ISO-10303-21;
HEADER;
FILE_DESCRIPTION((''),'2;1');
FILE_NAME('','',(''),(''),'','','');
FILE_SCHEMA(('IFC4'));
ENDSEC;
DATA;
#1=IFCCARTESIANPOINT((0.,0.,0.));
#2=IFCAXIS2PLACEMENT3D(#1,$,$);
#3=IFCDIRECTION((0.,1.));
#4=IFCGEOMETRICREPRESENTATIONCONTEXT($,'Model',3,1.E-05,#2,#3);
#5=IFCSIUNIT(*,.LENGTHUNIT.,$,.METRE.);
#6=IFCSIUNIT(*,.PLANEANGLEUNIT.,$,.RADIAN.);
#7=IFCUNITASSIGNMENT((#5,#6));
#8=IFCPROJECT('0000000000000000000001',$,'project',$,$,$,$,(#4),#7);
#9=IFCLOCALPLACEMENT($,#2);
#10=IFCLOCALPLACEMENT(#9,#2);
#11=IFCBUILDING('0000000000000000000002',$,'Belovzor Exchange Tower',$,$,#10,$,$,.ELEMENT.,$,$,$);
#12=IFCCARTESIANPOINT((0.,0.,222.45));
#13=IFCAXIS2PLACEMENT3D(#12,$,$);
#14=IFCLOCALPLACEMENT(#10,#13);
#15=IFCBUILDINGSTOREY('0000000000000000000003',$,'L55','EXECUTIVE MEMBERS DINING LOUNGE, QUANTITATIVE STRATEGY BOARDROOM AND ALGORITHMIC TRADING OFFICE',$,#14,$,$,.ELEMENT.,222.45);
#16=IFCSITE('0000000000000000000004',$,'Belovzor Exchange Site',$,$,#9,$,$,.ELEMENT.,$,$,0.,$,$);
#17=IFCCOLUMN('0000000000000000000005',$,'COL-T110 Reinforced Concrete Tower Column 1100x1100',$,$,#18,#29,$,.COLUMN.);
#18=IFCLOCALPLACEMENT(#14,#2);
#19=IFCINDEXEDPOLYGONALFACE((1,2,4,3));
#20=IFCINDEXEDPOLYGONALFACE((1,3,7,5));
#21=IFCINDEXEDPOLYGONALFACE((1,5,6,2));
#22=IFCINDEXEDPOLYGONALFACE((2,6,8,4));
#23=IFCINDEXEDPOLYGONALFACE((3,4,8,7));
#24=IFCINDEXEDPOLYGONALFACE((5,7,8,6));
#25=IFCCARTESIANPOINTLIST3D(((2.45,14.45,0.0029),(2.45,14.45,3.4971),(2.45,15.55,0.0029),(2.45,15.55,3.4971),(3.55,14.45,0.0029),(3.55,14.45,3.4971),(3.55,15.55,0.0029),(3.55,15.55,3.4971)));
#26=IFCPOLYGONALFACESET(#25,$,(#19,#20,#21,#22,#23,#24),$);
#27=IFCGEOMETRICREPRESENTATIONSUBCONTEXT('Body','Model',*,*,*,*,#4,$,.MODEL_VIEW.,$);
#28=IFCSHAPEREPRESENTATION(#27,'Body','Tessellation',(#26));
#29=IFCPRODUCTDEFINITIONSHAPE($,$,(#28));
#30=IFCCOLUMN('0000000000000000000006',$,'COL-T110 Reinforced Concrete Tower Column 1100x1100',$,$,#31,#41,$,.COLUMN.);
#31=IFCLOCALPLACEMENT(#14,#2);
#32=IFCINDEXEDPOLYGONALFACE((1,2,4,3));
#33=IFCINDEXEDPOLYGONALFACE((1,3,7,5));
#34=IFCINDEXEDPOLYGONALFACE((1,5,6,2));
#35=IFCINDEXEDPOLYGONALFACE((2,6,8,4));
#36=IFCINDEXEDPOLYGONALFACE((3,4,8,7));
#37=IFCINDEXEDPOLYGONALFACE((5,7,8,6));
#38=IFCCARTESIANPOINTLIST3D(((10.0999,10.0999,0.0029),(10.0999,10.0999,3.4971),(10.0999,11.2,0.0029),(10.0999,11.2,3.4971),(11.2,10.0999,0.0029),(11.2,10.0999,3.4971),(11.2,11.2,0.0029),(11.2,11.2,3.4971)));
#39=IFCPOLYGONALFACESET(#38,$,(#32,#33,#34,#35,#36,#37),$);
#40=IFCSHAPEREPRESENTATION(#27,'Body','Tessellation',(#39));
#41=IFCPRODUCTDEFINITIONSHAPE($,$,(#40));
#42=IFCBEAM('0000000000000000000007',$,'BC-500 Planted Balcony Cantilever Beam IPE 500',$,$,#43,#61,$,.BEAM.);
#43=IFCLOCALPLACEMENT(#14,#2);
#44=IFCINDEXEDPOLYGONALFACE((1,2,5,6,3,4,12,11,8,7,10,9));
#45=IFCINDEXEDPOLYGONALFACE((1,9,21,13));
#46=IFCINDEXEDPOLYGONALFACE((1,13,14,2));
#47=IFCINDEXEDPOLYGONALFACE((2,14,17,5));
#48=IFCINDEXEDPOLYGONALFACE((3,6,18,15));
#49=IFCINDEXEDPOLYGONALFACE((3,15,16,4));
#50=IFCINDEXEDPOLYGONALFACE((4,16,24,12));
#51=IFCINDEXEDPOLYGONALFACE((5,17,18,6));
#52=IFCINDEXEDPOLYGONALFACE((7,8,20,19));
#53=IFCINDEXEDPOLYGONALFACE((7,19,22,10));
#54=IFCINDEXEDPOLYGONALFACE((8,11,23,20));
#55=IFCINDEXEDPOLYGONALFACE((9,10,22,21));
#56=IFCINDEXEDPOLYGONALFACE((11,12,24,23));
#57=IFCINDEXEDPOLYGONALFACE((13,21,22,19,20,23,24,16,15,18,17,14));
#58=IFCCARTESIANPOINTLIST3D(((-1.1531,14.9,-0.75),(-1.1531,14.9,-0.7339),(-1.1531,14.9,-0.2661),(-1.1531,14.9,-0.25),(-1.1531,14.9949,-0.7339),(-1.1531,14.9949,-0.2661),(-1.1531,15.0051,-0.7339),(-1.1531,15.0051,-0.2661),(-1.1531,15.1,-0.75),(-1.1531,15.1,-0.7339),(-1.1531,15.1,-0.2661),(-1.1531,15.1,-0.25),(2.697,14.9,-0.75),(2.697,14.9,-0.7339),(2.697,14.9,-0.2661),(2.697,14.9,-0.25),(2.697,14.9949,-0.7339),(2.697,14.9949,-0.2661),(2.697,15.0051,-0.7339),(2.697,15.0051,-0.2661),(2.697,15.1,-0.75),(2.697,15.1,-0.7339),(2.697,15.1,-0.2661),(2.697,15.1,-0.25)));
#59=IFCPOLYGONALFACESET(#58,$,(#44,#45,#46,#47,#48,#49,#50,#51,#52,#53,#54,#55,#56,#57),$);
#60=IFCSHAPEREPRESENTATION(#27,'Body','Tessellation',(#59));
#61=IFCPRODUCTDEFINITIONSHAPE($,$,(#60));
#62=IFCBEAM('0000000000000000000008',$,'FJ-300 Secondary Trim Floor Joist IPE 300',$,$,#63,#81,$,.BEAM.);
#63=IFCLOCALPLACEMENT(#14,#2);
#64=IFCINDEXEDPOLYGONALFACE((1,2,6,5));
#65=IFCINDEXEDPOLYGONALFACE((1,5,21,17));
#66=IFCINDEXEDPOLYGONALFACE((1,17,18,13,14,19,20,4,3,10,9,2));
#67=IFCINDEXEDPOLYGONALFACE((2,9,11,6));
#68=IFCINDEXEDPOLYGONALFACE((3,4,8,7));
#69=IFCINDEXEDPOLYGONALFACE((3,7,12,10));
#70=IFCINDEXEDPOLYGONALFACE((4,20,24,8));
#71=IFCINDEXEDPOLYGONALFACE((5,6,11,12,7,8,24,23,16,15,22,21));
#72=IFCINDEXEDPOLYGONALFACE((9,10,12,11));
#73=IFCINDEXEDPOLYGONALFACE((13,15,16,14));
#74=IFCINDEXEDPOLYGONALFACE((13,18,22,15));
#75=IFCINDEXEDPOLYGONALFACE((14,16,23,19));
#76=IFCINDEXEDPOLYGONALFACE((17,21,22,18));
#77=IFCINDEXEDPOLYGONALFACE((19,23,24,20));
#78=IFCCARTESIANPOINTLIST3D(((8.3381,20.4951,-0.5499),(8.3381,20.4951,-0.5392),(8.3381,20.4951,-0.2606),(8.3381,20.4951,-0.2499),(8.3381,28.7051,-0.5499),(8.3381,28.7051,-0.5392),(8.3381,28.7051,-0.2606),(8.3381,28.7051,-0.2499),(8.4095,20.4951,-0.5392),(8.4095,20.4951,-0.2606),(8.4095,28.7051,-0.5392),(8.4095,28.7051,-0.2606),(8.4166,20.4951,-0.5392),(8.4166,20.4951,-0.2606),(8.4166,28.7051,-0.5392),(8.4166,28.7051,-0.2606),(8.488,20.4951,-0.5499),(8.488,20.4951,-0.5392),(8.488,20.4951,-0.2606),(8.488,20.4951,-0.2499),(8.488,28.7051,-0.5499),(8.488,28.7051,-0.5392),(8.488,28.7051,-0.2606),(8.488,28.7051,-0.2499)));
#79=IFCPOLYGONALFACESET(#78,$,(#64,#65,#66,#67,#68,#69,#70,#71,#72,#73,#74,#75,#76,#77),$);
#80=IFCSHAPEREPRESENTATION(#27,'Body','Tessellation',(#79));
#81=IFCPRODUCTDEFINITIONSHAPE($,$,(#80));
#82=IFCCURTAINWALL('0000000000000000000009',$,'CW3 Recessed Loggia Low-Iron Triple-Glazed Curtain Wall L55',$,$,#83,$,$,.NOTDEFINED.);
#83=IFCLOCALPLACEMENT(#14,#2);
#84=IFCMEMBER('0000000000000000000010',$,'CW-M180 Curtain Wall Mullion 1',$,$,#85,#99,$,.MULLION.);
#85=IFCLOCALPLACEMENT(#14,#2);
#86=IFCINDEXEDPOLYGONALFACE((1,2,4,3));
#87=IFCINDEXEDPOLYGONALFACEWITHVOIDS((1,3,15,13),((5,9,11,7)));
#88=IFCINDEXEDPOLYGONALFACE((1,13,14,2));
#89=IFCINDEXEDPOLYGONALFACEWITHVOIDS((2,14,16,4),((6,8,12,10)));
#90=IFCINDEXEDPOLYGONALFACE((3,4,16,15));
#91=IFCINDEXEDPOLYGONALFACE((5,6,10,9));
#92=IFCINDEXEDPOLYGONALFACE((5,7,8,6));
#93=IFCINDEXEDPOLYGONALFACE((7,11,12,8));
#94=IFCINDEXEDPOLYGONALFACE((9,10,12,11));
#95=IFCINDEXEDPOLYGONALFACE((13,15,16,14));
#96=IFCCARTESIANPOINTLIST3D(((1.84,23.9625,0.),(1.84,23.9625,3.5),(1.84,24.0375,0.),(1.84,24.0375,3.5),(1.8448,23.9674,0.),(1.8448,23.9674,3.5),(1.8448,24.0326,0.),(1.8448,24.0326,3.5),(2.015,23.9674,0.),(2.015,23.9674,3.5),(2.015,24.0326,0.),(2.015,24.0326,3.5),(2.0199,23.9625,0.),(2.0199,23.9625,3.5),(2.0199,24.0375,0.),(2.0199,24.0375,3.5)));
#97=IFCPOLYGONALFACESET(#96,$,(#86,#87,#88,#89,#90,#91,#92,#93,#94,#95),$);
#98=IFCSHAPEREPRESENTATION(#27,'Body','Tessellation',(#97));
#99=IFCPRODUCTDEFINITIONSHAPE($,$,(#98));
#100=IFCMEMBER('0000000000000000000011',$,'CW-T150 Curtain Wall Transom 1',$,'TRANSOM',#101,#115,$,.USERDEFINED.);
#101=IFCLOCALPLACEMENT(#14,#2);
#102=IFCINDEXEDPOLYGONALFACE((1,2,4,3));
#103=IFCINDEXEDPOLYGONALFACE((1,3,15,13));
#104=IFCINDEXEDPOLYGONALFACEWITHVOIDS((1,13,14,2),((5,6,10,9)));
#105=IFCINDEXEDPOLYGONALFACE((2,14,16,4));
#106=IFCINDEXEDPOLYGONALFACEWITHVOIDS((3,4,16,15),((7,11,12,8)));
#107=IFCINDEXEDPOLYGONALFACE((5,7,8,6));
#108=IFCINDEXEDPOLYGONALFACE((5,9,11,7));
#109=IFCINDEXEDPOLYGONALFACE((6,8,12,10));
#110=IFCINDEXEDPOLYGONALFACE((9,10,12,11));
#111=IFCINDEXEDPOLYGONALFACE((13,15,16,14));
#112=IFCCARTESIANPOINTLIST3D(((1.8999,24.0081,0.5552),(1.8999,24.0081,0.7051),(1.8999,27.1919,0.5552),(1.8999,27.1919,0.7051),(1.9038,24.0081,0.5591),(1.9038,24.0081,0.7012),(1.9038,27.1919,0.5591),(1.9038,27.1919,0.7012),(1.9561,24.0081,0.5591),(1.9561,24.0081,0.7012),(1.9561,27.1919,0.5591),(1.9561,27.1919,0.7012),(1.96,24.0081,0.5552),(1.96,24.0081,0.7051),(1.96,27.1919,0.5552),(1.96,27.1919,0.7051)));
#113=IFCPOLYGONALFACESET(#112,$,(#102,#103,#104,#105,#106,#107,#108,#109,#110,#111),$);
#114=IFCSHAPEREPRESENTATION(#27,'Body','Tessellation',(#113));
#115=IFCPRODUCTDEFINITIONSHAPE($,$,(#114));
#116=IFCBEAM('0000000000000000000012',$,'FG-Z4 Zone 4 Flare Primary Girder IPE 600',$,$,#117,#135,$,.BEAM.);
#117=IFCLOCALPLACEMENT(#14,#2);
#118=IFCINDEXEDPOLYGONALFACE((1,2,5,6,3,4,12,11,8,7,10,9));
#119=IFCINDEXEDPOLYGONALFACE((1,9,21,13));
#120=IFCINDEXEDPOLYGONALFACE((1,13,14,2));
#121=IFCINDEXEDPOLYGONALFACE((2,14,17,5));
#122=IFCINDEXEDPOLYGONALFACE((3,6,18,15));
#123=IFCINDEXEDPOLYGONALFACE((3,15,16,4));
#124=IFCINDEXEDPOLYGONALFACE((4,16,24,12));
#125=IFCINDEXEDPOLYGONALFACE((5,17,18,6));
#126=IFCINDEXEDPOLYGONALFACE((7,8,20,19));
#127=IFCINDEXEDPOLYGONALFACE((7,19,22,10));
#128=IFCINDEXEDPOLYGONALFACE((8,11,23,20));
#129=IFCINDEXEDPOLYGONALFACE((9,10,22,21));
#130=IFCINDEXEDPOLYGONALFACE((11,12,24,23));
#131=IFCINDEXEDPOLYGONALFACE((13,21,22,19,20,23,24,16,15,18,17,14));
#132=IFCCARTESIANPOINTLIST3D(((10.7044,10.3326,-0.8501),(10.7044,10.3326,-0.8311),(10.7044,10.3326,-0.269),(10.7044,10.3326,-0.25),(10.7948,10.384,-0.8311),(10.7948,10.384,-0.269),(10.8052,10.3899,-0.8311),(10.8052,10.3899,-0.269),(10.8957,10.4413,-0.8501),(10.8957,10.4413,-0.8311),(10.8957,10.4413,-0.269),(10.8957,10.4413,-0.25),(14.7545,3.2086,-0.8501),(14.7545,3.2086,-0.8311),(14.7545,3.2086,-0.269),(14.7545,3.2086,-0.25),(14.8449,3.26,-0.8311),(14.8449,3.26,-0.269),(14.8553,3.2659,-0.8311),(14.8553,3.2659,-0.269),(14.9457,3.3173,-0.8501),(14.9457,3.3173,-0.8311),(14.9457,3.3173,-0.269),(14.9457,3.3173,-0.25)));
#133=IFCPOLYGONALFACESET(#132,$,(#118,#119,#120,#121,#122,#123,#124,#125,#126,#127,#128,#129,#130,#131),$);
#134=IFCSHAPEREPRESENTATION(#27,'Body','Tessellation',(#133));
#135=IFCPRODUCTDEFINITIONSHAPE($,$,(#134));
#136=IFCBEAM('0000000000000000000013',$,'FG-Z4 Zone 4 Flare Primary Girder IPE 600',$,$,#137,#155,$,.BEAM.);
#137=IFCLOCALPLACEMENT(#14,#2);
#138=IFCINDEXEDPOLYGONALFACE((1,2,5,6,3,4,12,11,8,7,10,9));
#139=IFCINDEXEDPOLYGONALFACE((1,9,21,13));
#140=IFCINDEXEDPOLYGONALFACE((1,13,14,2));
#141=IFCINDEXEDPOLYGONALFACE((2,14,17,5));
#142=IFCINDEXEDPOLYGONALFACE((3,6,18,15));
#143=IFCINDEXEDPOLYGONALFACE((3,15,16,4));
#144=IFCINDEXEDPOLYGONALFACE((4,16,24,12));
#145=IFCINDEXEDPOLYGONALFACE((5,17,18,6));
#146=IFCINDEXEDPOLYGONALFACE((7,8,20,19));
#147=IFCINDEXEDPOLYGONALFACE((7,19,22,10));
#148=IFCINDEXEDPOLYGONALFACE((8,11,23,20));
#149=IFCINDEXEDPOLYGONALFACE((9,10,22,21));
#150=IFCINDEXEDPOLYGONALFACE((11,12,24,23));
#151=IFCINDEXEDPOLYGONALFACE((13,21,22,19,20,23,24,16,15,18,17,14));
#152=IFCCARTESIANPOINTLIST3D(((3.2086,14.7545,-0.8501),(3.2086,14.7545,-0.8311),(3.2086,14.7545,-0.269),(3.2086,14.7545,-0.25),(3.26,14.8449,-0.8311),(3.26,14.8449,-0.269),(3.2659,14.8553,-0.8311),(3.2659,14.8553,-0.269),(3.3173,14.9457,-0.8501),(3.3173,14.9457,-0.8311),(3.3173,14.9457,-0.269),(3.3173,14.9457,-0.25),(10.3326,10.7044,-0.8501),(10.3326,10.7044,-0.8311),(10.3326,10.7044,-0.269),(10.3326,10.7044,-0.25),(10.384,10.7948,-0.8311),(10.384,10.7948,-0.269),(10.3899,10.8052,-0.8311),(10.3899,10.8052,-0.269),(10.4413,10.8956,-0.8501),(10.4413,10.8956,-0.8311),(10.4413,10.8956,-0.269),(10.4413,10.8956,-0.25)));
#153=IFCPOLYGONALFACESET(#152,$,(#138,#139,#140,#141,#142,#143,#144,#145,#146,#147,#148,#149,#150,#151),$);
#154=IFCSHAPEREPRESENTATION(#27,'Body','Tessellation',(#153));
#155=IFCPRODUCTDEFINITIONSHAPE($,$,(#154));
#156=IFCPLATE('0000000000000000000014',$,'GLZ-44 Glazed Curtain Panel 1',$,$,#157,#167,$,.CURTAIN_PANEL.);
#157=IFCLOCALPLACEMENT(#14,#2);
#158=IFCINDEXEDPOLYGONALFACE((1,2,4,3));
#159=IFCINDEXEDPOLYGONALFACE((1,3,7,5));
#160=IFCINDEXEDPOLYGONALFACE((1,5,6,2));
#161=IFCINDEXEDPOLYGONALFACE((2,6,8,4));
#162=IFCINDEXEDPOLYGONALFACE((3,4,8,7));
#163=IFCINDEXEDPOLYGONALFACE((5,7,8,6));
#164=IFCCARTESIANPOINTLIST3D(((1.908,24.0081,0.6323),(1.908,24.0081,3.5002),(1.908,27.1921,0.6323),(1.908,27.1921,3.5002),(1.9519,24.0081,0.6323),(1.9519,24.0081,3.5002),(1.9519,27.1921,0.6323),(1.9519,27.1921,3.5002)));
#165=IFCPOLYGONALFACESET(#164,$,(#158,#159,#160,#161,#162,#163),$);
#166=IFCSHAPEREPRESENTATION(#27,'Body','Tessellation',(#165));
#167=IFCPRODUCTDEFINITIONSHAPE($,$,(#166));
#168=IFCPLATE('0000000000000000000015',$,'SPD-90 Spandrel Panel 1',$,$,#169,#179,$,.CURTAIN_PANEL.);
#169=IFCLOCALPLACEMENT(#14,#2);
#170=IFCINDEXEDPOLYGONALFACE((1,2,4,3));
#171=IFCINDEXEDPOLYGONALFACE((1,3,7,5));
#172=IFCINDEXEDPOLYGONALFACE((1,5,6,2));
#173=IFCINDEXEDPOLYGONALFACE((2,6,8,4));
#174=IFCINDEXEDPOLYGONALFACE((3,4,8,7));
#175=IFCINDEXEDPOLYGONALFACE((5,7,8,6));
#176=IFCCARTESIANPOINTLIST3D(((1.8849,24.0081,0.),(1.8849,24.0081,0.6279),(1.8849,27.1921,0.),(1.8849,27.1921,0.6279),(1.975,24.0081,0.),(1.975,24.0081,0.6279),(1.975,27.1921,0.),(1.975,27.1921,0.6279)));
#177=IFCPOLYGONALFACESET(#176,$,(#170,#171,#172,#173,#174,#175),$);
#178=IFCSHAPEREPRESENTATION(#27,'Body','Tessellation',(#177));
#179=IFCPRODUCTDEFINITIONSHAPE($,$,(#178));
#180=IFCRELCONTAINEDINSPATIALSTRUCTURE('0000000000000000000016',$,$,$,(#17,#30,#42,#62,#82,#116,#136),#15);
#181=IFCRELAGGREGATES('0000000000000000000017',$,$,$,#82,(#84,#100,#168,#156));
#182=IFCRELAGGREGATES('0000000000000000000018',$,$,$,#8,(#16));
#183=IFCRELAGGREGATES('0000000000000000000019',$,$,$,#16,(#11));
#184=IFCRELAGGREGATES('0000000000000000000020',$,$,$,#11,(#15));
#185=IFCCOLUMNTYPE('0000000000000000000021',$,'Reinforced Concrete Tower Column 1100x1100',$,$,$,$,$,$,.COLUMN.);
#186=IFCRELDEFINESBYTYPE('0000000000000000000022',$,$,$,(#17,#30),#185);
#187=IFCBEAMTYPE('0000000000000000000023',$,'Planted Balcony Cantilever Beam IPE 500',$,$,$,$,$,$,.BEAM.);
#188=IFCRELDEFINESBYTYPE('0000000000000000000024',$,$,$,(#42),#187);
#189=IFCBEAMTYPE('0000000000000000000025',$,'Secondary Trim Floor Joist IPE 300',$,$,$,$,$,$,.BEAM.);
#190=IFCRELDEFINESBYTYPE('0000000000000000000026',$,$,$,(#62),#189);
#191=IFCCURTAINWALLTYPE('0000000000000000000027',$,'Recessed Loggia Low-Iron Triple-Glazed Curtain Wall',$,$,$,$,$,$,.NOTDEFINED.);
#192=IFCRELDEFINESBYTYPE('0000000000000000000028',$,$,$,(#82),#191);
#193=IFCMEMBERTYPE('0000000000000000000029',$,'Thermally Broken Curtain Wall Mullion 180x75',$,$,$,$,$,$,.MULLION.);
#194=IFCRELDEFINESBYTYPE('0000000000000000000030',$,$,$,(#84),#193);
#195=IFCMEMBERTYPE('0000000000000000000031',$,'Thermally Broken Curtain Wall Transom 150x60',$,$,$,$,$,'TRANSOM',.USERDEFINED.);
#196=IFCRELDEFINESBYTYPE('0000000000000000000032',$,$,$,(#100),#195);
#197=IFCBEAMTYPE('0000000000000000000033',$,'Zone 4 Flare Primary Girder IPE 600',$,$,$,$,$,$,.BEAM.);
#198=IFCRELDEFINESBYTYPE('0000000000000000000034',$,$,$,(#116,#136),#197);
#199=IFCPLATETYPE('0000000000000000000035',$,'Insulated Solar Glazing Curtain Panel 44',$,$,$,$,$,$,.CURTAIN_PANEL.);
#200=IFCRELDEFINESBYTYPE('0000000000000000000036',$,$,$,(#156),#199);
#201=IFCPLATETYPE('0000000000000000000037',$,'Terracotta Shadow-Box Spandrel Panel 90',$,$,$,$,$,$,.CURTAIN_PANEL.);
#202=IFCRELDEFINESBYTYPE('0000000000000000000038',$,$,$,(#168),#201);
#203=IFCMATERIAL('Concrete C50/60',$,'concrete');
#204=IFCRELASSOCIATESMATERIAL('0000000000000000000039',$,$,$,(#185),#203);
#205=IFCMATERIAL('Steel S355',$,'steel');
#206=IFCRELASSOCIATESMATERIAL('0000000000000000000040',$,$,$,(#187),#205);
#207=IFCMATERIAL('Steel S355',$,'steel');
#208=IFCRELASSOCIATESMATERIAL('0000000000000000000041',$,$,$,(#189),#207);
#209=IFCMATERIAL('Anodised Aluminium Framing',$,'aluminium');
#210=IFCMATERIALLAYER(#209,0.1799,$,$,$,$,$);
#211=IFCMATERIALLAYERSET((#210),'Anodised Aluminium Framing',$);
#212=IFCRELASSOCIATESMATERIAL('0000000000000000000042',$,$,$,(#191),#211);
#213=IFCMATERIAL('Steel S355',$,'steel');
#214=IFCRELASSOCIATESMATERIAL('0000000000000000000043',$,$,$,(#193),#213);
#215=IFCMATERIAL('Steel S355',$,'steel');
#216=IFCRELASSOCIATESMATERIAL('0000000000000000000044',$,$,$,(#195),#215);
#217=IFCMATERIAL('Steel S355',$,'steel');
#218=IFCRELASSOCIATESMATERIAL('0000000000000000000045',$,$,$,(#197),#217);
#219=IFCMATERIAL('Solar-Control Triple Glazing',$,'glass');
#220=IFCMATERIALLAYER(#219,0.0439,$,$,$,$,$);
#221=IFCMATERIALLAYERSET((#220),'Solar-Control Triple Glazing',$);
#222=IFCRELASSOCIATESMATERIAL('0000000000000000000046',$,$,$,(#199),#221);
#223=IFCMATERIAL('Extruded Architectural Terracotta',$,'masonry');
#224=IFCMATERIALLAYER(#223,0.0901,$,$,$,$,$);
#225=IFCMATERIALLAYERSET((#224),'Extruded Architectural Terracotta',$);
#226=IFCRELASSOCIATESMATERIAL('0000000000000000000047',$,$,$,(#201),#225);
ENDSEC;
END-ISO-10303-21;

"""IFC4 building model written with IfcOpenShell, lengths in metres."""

from ifc_helpers import new_model, si_unit, direction, frame, origin, origin_2d, place, context, subcontext, project, spatial, rectangle, hollow_rectangle, i_section, extrude, material, layer, layer_set, material_profile, profile_set, type_object, element, aggregate, save


model = new_model("IFC4")

# Units and contexts
model_context = context("Model", 3, precision=1e-05, world=origin(), true_north=direction((0.0, 1.0)))
body_context = subcontext(model_context, "Body", "Model", "MODEL_VIEW")
ifc_project = project(units=[si_unit("LENGTHUNIT", "METRE"), si_unit("PLANEANGLEUNIT", "RADIAN")], contexts=[model_context])

# Site, building, storey
site_placement = place(None, origin())
site = spatial("IfcSite", under=ifc_project, at=site_placement, Name="Belovzor Exchange Site", CompositionType="ELEMENT", RefElevation=0.0)
building_placement = place(site_placement, origin())
building = spatial("IfcBuilding", under=site, at=building_placement, Name="Belovzor Exchange Tower", CompositionType="ELEMENT")
storey_placement = place(building_placement, frame((0.0, 0.0, 222.45)))
storey = spatial("IfcBuildingStorey", under=building, at=storey_placement, Name="L55", Description="EXECUTIVE MEMBERS DINING LOUNGE, QUANTITATIVE STRATEGY BOARDROOM AND ALGORITHMIC TRADING OFFICE", CompositionType="ELEMENT", Elevation=222.45)

# Columns
ifc_material_1 = material(Name="Concrete C50/60", Category="concrete")
ifc_material_profile_1 = material_profile(ifc_material_1, rectangle(XDim=1.1001, YDim=1.1001, at=origin_2d()))
ifc_profile_set_1 = profile_set([ifc_material_profile_1], Name="Concrete C50/60")
column_type = type_object("IfcColumnType", Name="Reinforced Concrete Tower Column 1100x1100", PredefinedType="COLUMN", material=ifc_profile_set_1)
for number, where, z_axis, x_axis, name in (
    (1, (3.0, 15.0, 0.0029), (0.0, 0.0, 1.0), (1.0, 0.0, 0.0), "COL-T110 Reinforced Concrete Tower Column 1100x1100"),
    (2, (10.6499, 10.6499, 0.0029), (0.0, 0.0, 1.0), (1.0, 0.0, 0.0), "COL-T110 Reinforced Concrete Tower Column 1100x1100"),
):
    element("IfcColumn", number, at=place(storey_placement, frame(where, z_axis=z_axis, x_axis=x_axis)), inside=storey, type_object=column_type, Name=name, PredefinedType="COLUMN", context=body_context, shape_type="SweptSolid", body=[
        extrude(rectangle(XDim=1.1001, YDim=1.1001, at=origin_2d()), origin(), (0.0, 0.0, 1.0), 3.4941),
    ])

# Beams
ifc_material_2 = material(Name="Steel S355", Category="steel")
ifc_material_profile_2 = material_profile(ifc_material_2, i_section(OverallWidth=0.2, OverallDepth=0.5, WebThickness=0.0103, FlangeThickness=0.0161, at=origin_2d()))
ifc_profile_set_2 = profile_set([ifc_material_profile_2], Name="Steel S355")
beam_type_1 = type_object("IfcBeamType", Name="Planted Balcony Cantilever Beam IPE 500", PredefinedType="BEAM", material=ifc_profile_set_2)
beam_1_placement = place(storey_placement, frame((2.697, 15.0, -0.5), z_axis=(-1.0, 0.0, 0.0), x_axis=(0.0, -1.0, 0.0)))
element("IfcBeam", 3, at=beam_1_placement, inside=storey, type_object=beam_type_1, Name="BC-500 Planted Balcony Cantilever Beam IPE 500", PredefinedType="BEAM", context=body_context, shape_type="SweptSolid", body=[
    extrude(i_section(OverallWidth=0.2, OverallDepth=0.5, WebThickness=0.0103, FlangeThickness=0.0161, at=origin_2d()), origin(), (0.0, 0.0, 1.0), 3.8501),
])
ifc_material_3 = material(Name="Steel S355", Category="steel")
ifc_material_profile_3 = material_profile(ifc_material_3, i_section(OverallWidth=0.1499, OverallDepth=0.3, WebThickness=0.0071, FlangeThickness=0.0107, at=origin_2d()))
ifc_profile_set_3 = profile_set([ifc_material_profile_3], Name="Steel S355")
beam_type_2 = type_object("IfcBeamType", Name="Secondary Trim Floor Joist IPE 300", PredefinedType="BEAM", material=ifc_profile_set_3)
beam_2_placement = place(storey_placement, frame((8.4131, 20.4951, -0.3999), z_axis=(0.0, 1.0, 0.0), x_axis=(-1.0, 0.0, 0.0)))
element("IfcBeam", 4, at=beam_2_placement, inside=storey, type_object=beam_type_2, Name="FJ-300 Secondary Trim Floor Joist IPE 300", PredefinedType="BEAM", context=body_context, shape_type="SweptSolid", body=[
    extrude(i_section(OverallWidth=0.1499, OverallDepth=0.3, WebThickness=0.0071, FlangeThickness=0.0107, at=origin_2d()), origin(), (0.0, 0.0, 1.0), 8.21),
])

# Curtain wall, members
ifc_material_4 = material(Name="Anodised Aluminium Framing", Category="aluminium")
ifc_layer_1 = layer(ifc_material_4, 0.1799)
ifc_layer_set_1 = layer_set([ifc_layer_1], Name="Anodised Aluminium Framing")
curtain_wall_type = type_object("IfcCurtainWallType", Name="Recessed Loggia Low-Iron Triple-Glazed Curtain Wall", PredefinedType="NOTDEFINED", material=ifc_layer_set_1)
curtain_wall_placement = place(storey_placement, origin())
curtain_wall = element("IfcCurtainWall", 5, at=curtain_wall_placement, inside=storey, type_object=curtain_wall_type, Name="CW3 Recessed Loggia Low-Iron Triple-Glazed Curtain Wall L55", PredefinedType="NOTDEFINED")
ifc_material_5 = material(Name="Steel S355", Category="steel")
ifc_material_profile_4 = material_profile(ifc_material_5, hollow_rectangle(XDim=0.075, YDim=0.1799, WallThickness=0.0049, at=origin_2d()))
ifc_profile_set_4 = profile_set([ifc_material_profile_4], Name="Steel S355")
member_type_1 = type_object("IfcMemberType", Name="Thermally Broken Curtain Wall Mullion 180x75", PredefinedType="MULLION", material=ifc_profile_set_4)
member_1_placement = place(storey_placement, frame((1.9299, 24.0, 0.0), z_axis=(0.0, 0.0, 1.0), x_axis=(0.0, 1.0, 0.0)))
member_1 = element("IfcMember", 6, at=member_1_placement, type_object=member_type_1, Name="CW-M180 Curtain Wall Mullion 1", PredefinedType="MULLION", context=body_context, shape_type="SweptSolid", body=[
    extrude(hollow_rectangle(XDim=0.075, YDim=0.1799, WallThickness=0.0049, at=origin_2d()), origin(), (0.0, 0.0, 1.0), 3.5),
])
ifc_material_6 = material(Name="Steel S355", Category="steel")
ifc_material_profile_5 = material_profile(ifc_material_6, hollow_rectangle(XDim=0.0601, YDim=0.1499, WallThickness=0.0039, at=origin_2d()))
ifc_profile_set_5 = profile_set([ifc_material_profile_5], Name="Steel S355")
member_type_2 = type_object("IfcMemberType", Name="Thermally Broken Curtain Wall Transom 150x60", ElementType="TRANSOM", PredefinedType="USERDEFINED", material=ifc_profile_set_5)
member_2_placement = place(storey_placement, frame((1.9299, 24.0081, 0.6301), z_axis=(0.0, 1.0, 0.0), x_axis=(-1.0, 0.0, 0.0)))
member_2 = element("IfcMember", 7, at=member_2_placement, type_object=member_type_2, Name="CW-T150 Curtain Wall Transom 1", ObjectType="TRANSOM", PredefinedType="USERDEFINED", context=body_context, shape_type="SweptSolid", body=[
    extrude(hollow_rectangle(XDim=0.0601, YDim=0.1499, WallThickness=0.0039, at=origin_2d()), origin(), (0.0, 0.0, 1.0), 3.1838),
])

# Beams
ifc_material_7 = material(Name="Steel S355", Category="steel")
ifc_material_profile_6 = material_profile(ifc_material_7, i_section(OverallWidth=0.22, OverallDepth=0.6001, WebThickness=0.012, FlangeThickness=0.019, at=origin_2d()))
ifc_profile_set_6 = profile_set([ifc_material_profile_6], Name="Steel S355")
beam_type_3 = type_object("IfcBeamType", Name="Zone 4 Flare Primary Girder IPE 600", PredefinedType="BEAM", material=ifc_profile_set_6)
for number, where, z_axis, x_axis, name in (
    (8, (10.8, 10.387, -0.55), (0.494222, -0.869336, 0.0), (0.869336, 0.494222, 0.0), "FG-Z4 Zone 4 Flare Primary Girder IPE 600"),
    (9, (3.2629, 14.8501, -0.55), (0.869336, -0.494222, 0.0), (0.494222, 0.869336, 0.0), "FG-Z4 Zone 4 Flare Primary Girder IPE 600"),
):
    element("IfcBeam", number, at=place(storey_placement, frame(where, z_axis=z_axis, x_axis=x_axis)), inside=storey, type_object=beam_type_3, Name=name, PredefinedType="BEAM", context=body_context, shape_type="SweptSolid", body=[
        extrude(i_section(OverallWidth=0.22, OverallDepth=0.6001, WebThickness=0.012, FlangeThickness=0.019, at=origin_2d()), origin(), (0.0, 0.0, 1.0), 8.1948),
    ])

# Plates
ifc_material_8 = material(Name="Solar-Control Triple Glazing", Category="glass")
ifc_layer_2 = layer(ifc_material_8, 0.0439)
ifc_layer_set_2 = layer_set([ifc_layer_2], Name="Solar-Control Triple Glazing")
plate_type_1 = type_object("IfcPlateType", Name="Insulated Solar Glazing Curtain Panel 44", PredefinedType="CURTAIN_PANEL", material=ifc_layer_set_2)
plate_1_placement = place(storey_placement, frame((1.9299, 25.6001, 0.6323), z_axis=(0.0, 0.0, 1.0), x_axis=(0.0, 1.0, 0.0)))
plate_1 = element("IfcPlate", 10, at=plate_1_placement, type_object=plate_type_1, Name="GLZ-44 Glazed Curtain Panel 1", PredefinedType="CURTAIN_PANEL", context=body_context, shape_type="SweptSolid", body=[
    extrude(rectangle(XDim=3.1841, YDim=0.0439, at=origin_2d()), origin(), (0.0, 0.0, 1.0), 2.8679),
])
ifc_material_9 = material(Name="Extruded Architectural Terracotta", Category="masonry")
ifc_layer_3 = layer(ifc_material_9, 0.0901)
ifc_layer_set_3 = layer_set([ifc_layer_3], Name="Extruded Architectural Terracotta")
plate_type_2 = type_object("IfcPlateType", Name="Terracotta Shadow-Box Spandrel Panel 90", PredefinedType="CURTAIN_PANEL", material=ifc_layer_set_3)
plate_2_placement = place(storey_placement, frame((1.9299, 25.6001, 0.0), z_axis=(0.0, 0.0, 1.0), x_axis=(0.0, 1.0, 0.0)))
plate_2 = element("IfcPlate", 11, at=plate_2_placement, type_object=plate_type_2, Name="SPD-90 Spandrel Panel 1", PredefinedType="CURTAIN_PANEL", context=body_context, shape_type="SweptSolid", body=[
    extrude(rectangle(XDim=3.1841, YDim=0.0901, at=origin_2d()), origin(), (0.0, 0.0, 1.0), 0.6279),
])
aggregate(curtain_wall, [member_1, member_2, plate_2, plate_1])

save(model, "model.ifc")
